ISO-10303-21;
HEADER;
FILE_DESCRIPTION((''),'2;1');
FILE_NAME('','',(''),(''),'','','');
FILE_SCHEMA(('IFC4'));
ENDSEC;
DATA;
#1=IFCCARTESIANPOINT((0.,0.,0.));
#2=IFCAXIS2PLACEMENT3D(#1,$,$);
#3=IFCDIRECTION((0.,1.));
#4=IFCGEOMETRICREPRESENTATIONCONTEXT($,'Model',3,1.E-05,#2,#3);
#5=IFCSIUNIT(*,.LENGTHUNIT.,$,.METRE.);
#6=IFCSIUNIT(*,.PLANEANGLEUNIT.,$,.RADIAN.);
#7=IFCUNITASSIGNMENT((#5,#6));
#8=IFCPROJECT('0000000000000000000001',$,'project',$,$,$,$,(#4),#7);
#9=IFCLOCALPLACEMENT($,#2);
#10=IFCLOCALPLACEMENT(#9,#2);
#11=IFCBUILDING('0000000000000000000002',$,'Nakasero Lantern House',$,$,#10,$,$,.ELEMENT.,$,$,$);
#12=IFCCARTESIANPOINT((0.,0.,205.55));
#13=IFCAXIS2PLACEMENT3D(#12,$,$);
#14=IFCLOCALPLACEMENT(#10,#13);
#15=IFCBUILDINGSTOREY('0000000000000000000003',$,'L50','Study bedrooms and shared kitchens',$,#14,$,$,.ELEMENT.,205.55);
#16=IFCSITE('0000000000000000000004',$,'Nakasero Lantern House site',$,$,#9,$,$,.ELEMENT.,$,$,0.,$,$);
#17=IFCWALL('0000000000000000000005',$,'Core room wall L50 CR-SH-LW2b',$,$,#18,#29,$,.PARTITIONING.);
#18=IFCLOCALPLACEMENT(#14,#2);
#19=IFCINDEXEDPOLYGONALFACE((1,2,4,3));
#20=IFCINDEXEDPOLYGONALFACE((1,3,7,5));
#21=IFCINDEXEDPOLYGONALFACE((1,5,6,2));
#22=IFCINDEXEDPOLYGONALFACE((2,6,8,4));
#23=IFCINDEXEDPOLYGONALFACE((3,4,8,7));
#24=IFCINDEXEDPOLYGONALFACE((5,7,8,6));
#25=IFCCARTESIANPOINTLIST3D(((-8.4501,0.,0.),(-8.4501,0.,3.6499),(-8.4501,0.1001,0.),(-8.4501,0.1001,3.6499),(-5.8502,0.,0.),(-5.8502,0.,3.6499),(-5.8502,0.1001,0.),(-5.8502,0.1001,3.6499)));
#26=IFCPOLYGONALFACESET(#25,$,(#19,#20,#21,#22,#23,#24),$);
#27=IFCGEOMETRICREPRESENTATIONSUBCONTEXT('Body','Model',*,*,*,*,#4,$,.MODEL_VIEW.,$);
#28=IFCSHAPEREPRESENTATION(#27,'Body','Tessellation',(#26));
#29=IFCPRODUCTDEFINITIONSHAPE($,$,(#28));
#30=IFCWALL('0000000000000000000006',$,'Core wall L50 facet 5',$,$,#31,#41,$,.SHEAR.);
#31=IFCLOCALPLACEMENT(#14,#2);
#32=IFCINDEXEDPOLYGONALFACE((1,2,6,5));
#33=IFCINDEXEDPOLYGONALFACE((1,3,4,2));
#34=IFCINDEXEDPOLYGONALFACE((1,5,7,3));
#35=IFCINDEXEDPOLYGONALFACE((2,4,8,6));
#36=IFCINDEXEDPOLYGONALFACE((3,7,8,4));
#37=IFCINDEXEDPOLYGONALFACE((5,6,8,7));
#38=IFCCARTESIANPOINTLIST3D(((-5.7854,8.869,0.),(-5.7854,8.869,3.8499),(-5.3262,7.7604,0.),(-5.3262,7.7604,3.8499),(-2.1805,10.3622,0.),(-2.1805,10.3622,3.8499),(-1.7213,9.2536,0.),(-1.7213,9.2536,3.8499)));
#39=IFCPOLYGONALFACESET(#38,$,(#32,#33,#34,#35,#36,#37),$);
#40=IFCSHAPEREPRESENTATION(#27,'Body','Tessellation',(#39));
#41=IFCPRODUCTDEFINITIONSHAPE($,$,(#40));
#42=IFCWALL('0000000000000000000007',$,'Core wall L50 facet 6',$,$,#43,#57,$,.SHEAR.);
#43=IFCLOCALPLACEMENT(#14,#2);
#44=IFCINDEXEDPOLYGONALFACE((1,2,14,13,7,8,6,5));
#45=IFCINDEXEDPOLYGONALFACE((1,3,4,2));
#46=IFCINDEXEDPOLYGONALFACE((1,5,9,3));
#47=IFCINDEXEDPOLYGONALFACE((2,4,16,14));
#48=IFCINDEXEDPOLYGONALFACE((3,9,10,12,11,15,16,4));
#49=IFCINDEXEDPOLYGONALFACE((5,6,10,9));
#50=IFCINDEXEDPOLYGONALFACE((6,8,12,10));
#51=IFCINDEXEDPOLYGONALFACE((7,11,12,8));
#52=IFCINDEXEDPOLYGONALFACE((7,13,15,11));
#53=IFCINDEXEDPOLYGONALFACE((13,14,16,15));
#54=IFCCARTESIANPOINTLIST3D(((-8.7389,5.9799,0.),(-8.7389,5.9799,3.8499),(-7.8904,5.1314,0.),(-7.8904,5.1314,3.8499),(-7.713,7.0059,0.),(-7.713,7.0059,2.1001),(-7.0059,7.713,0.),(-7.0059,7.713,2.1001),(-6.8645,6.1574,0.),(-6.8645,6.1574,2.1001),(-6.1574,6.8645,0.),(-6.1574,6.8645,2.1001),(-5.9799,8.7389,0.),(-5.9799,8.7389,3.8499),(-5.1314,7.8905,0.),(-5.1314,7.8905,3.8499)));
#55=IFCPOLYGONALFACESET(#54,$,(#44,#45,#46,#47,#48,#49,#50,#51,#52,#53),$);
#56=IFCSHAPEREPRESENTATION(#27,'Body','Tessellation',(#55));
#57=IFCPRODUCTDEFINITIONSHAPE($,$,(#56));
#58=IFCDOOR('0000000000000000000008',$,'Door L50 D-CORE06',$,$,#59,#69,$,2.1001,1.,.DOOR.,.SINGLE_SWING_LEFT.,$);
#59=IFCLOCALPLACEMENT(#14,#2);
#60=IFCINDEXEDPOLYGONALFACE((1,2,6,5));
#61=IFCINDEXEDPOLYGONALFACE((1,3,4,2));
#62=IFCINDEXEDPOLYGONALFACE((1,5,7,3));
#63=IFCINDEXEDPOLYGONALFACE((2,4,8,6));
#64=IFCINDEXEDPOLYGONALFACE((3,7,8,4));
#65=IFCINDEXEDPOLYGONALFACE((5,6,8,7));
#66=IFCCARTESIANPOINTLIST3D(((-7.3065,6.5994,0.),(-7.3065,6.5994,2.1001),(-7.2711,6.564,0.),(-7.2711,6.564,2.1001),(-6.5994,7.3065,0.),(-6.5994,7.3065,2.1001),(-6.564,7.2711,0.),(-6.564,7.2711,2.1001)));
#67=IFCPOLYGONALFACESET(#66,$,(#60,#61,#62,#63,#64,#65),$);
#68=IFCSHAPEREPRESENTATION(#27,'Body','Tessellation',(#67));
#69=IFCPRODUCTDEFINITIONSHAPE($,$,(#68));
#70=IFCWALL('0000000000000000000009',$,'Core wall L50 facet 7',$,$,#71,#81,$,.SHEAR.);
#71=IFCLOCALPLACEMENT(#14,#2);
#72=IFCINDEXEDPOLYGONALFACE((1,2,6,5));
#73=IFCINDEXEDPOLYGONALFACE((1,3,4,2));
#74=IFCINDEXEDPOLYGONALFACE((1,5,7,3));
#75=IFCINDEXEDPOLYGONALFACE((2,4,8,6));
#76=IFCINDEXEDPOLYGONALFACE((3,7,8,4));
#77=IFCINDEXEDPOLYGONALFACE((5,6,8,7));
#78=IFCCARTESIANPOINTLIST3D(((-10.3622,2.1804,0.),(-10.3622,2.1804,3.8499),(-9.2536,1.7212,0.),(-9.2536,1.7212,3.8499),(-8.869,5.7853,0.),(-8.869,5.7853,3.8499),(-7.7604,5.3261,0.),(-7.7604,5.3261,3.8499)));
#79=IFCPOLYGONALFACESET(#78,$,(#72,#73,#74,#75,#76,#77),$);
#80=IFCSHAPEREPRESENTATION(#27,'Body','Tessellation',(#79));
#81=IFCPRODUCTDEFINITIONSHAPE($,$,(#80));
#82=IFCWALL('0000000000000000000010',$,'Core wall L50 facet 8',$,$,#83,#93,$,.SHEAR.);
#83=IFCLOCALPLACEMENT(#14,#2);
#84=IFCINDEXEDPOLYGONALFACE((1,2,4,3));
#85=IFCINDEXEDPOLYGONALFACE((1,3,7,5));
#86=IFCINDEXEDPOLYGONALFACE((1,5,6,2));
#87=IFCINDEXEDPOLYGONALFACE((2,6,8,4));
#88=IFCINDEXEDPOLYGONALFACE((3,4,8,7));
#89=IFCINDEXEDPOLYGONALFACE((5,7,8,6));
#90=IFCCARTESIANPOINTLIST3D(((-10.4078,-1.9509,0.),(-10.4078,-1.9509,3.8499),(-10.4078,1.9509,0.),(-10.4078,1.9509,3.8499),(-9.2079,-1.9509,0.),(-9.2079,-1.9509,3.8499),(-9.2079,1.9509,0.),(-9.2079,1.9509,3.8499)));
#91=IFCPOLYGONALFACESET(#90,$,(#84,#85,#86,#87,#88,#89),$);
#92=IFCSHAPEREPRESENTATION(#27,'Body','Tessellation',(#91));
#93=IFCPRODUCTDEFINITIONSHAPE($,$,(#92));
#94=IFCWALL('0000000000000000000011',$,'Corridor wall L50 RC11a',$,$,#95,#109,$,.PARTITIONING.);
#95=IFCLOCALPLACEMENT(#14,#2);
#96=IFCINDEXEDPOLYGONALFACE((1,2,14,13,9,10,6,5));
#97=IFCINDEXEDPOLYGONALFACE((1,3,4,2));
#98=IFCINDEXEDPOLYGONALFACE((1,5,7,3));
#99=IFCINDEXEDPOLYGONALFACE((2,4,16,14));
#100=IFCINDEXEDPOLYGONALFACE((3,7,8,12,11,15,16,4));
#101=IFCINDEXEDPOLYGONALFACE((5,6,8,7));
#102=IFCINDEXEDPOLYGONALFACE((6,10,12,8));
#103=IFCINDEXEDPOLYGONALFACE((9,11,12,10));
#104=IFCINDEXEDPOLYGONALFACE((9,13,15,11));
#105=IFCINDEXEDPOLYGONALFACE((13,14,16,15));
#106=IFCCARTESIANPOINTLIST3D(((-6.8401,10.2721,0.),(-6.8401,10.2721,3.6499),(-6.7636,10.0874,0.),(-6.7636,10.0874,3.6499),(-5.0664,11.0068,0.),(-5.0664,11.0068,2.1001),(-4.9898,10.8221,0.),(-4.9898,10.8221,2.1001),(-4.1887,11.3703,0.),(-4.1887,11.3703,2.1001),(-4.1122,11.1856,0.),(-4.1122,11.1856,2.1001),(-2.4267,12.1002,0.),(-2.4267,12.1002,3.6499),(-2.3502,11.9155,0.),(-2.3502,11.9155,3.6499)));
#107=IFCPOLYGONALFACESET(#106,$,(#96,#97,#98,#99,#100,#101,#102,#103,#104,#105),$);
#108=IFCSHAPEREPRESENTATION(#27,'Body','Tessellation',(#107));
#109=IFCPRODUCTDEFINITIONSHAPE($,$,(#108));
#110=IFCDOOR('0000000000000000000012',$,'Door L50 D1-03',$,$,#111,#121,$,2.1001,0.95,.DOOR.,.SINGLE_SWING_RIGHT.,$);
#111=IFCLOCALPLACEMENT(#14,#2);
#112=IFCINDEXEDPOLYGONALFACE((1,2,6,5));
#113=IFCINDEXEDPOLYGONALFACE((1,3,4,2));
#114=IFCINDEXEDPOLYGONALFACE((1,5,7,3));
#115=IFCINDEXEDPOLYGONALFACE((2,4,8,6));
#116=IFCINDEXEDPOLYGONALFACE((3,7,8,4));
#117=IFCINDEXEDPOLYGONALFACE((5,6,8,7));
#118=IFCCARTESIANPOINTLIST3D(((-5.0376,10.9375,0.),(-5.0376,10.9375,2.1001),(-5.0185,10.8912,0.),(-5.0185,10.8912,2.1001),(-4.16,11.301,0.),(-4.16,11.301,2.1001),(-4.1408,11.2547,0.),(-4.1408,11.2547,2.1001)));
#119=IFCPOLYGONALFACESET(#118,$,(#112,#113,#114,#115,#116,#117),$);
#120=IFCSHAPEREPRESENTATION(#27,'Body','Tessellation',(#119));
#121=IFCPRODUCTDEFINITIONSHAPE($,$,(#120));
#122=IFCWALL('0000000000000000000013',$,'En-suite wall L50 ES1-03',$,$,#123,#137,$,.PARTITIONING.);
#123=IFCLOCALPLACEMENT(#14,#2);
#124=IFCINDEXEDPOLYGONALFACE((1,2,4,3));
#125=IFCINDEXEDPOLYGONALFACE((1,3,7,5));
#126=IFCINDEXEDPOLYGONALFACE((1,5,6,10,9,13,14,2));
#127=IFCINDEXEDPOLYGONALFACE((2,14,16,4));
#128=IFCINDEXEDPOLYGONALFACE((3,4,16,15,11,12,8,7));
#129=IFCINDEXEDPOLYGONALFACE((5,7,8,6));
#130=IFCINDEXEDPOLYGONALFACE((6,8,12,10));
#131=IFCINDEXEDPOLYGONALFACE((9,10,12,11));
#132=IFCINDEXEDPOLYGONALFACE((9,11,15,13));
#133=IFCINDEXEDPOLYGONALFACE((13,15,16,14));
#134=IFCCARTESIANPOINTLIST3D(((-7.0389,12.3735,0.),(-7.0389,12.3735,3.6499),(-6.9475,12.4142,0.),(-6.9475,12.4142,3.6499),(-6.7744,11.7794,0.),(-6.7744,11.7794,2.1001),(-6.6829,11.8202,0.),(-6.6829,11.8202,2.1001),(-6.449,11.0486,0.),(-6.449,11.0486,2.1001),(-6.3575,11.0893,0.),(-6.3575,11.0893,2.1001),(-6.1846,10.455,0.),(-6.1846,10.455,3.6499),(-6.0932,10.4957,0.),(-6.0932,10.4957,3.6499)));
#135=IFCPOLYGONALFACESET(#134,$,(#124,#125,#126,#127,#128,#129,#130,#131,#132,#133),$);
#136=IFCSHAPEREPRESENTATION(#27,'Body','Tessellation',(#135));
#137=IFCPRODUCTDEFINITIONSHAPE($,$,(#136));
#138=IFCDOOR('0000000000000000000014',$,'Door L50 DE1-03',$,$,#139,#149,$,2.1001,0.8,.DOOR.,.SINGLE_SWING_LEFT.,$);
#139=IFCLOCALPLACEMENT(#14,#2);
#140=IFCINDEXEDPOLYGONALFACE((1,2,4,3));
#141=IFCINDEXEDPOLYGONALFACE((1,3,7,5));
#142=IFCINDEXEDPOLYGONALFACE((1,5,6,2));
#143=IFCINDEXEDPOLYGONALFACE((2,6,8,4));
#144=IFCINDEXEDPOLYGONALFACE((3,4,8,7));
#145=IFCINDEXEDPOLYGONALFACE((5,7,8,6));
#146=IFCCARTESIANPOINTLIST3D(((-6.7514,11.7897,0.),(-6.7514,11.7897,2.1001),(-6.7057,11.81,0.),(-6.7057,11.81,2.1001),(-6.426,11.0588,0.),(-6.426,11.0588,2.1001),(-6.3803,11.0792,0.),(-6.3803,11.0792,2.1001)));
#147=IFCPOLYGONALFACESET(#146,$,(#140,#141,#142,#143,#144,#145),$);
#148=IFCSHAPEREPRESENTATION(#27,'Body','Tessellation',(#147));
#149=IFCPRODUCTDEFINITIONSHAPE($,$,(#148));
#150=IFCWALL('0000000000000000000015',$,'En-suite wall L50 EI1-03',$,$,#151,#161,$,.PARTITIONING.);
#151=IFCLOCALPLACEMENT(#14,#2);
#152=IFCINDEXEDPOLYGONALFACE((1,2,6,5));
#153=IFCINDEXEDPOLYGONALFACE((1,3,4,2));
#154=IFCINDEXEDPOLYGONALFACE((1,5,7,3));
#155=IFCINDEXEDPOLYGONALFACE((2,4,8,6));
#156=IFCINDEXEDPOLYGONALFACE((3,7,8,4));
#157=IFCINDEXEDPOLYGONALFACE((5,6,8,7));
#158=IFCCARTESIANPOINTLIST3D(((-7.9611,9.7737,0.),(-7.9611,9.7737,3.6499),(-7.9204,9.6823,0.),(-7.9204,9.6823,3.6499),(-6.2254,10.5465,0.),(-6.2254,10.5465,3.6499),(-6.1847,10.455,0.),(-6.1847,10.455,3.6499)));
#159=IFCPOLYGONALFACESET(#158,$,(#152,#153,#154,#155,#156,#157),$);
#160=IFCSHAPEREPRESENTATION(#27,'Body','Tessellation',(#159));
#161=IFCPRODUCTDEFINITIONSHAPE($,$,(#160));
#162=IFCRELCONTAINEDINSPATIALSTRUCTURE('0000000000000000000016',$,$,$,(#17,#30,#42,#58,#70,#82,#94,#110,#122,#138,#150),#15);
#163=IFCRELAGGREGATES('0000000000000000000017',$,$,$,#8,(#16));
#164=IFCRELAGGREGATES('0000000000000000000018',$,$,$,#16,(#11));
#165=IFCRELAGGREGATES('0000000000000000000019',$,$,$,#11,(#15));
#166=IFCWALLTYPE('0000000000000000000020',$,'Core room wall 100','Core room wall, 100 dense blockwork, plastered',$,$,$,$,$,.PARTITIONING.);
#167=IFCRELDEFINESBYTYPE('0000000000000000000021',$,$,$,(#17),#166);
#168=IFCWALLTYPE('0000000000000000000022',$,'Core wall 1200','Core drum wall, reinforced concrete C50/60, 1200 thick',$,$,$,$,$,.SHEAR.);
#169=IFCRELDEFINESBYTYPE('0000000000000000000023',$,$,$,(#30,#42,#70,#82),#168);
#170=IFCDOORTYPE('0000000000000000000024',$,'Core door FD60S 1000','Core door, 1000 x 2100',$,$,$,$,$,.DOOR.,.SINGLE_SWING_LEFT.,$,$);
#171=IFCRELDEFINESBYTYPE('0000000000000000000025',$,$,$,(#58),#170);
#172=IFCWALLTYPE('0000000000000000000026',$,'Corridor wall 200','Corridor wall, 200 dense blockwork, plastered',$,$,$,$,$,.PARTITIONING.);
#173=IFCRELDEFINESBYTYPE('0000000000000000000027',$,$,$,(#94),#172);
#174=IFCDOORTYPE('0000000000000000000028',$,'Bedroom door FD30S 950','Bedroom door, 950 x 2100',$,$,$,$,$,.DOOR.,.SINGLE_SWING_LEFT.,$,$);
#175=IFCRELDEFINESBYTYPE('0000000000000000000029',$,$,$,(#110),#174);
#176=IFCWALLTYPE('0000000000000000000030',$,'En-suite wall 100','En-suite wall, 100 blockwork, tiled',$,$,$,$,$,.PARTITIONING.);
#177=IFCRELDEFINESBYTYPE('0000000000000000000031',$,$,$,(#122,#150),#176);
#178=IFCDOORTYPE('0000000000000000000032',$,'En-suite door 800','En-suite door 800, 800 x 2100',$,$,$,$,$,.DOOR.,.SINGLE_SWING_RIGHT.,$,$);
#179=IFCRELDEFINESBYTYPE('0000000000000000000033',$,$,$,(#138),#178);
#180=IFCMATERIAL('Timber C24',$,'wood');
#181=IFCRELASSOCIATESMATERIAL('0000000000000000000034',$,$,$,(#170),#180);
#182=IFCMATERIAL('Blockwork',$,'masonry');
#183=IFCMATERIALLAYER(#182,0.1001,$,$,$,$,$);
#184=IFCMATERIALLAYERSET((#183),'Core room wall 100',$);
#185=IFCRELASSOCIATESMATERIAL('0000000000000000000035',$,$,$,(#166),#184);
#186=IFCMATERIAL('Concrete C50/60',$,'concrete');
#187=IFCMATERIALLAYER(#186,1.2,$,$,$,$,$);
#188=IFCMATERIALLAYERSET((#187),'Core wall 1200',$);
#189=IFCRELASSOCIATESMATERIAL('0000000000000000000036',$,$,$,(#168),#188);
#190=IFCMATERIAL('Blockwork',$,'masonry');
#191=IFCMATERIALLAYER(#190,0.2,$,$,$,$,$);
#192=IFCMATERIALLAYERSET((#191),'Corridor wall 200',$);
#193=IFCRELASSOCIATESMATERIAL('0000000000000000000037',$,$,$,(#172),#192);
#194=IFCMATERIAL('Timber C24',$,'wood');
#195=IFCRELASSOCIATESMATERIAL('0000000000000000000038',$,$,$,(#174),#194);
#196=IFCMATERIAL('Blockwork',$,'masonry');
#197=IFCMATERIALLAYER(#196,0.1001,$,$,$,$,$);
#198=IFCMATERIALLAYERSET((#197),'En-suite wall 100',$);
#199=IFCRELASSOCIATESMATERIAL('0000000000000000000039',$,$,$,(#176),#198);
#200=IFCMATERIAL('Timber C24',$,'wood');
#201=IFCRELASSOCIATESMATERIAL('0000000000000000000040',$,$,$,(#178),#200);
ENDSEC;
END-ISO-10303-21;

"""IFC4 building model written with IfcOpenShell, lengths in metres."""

from ifc_helpers import new_model, si_unit, direction, frame, frame_2d, origin, place, context, subcontext, project, spatial, rectangle, extrude, material, layer, layer_set, type_object, element, fill, save


model = new_model("IFC4")

# Units and contexts
model_context = context("Model", 3, precision=1e-05, world=origin(), true_north=direction((0.0, 1.0)))
body_context = subcontext(model_context, "Body", "Model", "MODEL_VIEW")
ifc_project = project(units=[si_unit("LENGTHUNIT", "METRE"), si_unit("PLANEANGLEUNIT", "RADIAN")], contexts=[model_context])

# Site, building, storey
site_placement = place(None, origin())
site = spatial("IfcSite", under=ifc_project, at=site_placement, Name="Nakasero Lantern House site", CompositionType="ELEMENT", RefElevation=0.0)
building_placement = place(site_placement, origin())
building = spatial("IfcBuilding", under=site, at=building_placement, Name="Nakasero Lantern House", CompositionType="ELEMENT")
storey_placement = place(building_placement, frame((0.0, 0.0, 205.55)))
storey = spatial("IfcBuildingStorey", under=building, at=storey_placement, Name="L50", Description="Study bedrooms and shared kitchens", CompositionType="ELEMENT", Elevation=205.55)

# Shared definitions
ifc_material_1 = material(Name="Timber C24", Category="wood")
door_type_1 = type_object("IfcDoorType", Name="Core door FD60S 1000", Description="Core door, 1000 x 2100", OperationType="SINGLE_SWING_LEFT", PredefinedType="DOOR", material=ifc_material_1)

# Walls
ifc_material_2 = material(Name="Blockwork", Category="masonry")
ifc_layer_1 = layer(ifc_material_2, 0.1001)
ifc_layer_set_1 = layer_set([ifc_layer_1], Name="Core room wall 100")
wall_type_1 = type_object("IfcWallType", Name="Core room wall 100", Description="Core room wall, 100 dense blockwork, plastered", PredefinedType="PARTITIONING", material=ifc_layer_set_1)
wall_1_placement = place(storey_placement, frame((-8.45, 0.05, 0.0), z_axis=(0.0, 0.0, 1.0), x_axis=(1.0, 0.0, 0.0)))
element("IfcWall", 1, at=wall_1_placement, inside=storey, type_object=wall_type_1, Name="Core room wall L50 CR-SH-LW2b", PredefinedType="PARTITIONING", context=body_context, shape_type="SweptSolid", body=[
    extrude(rectangle(XDim=2.5999, YDim=0.1001, at=frame_2d((1.2998, 0.0))), origin(), (0.0, 0.0, 1.0), 3.6499),
])
ifc_material_3 = material(Name="Concrete C50/60", Category="concrete")
ifc_layer_2 = layer(ifc_material_3, 1.2)
ifc_layer_set_2 = layer_set([ifc_layer_2], Name="Core wall 1200")
wall_type_2 = type_object("IfcWallType", Name="Core wall 1200", Description="Core drum wall, reinforced concrete C50/60, 1200 thick", PredefinedType="SHEAR", material=ifc_layer_set_2)
wall_2_placement = place(storey_placement, frame((-1.9509, 9.8079, 0.0), z_axis=(0.0, 0.0, 1.0), x_axis=(-0.923877, -0.382691, 0.0)))
element("IfcWall", 2, at=wall_2_placement, inside=storey, type_object=wall_type_2, Name="Core wall L50 facet 5", PredefinedType="SHEAR", context=body_context, shape_type="SweptSolid", body=[
    extrude(rectangle(XDim=3.9019, YDim=1.2, at=frame_2d((1.9509, 0.0))), origin(), (0.0, 0.0, 1.0), 3.8499),
])

# Wall, opening, door
wall_3_placement = place(storey_placement, frame((-5.5557, 8.3147, 0.0), z_axis=(0.0, 0.0, 1.0), x_axis=(-0.707107, -0.707107, 0.0)))
wall_3 = element("IfcWall", 3, at=wall_3_placement, inside=storey, type_object=wall_type_2, Name="Core wall L50 facet 6", PredefinedType="SHEAR", context=body_context, shape_type="SweptSolid", body=[
    extrude(rectangle(XDim=3.9019, YDim=1.2, at=frame_2d((1.9509, 0.0))), origin(), (0.0, 0.0, 1.0), 3.8499),
])
opening_1_placement = place(wall_3_placement, frame((1.4509, 0.0, 0.0)))
opening_1 = element("IfcOpeningElement", 4, at=opening_1_placement, cuts=wall_3, PredefinedType="OPENING", context=body_context, shape_type="SweptSolid", body=[
    extrude(rectangle(XDim=1.0, YDim=2.1001, at=frame_2d((0.5, 1.05))), frame((0.0, 0.6199, 0.0), z_axis=(0.0, -1.0, 0.0), x_axis=(1.0, 0.0, 0.0)), (0.0, 0.0, 1.0), 1.24),
])
door_1_placement = place(opening_1_placement, origin())
door_1 = element("IfcDoor", 5, at=door_1_placement, inside=storey, type_object=door_type_1, Name="Door L50 D-CORE06", OperationType="SINGLE_SWING_LEFT", OverallHeight=2.1001, OverallWidth=1.0, PredefinedType="DOOR", context=body_context, shape_type="SweptSolid", body=[
    extrude(rectangle(XDim=1.0, YDim=2.1001, at=frame_2d((0.5, 1.05))), frame((0.0, 0.0249, 0.0), z_axis=(0.0, -1.0, 0.0), x_axis=(1.0, 0.0, 0.0)), (0.0, 0.0, 1.0), 0.05),
])
fill(opening_1, door_1)

# Walls
for number, where, z_axis, x_axis, name in (
    (6, (-8.3147, 5.5557, 0.0), (0.0, 0.0, 1.0), (-0.382691, -0.923877, 0.0), "Core wall L50 facet 7"),
    (7, (-9.8079, 1.9509, 0.0), (0.0, 0.0, 1.0), (0.0, -1.0, 0.0), "Core wall L50 facet 8"),
):
    element("IfcWall", number, at=place(storey_placement, frame(where, z_axis=z_axis, x_axis=x_axis)), inside=storey, type_object=wall_type_2, Name=name, PredefinedType="SHEAR", context=body_context, shape_type="SweptSolid", body=[
        extrude(rectangle(XDim=3.9019, YDim=1.2, at=frame_2d((1.9509, 0.0))), origin(), (0.0, 0.0, 1.0), 3.8499),
    ])

# Walls, openings, doors
ifc_material_4 = material(Name="Blockwork", Category="masonry")
ifc_layer_3 = layer(ifc_material_4, 0.2)
ifc_layer_set_3 = layer_set([ifc_layer_3], Name="Corridor wall 200")
wall_type_3 = type_object("IfcWallType", Name="Corridor wall 200", Description="Corridor wall, 200 dense blockwork, plastered", PredefinedType="PARTITIONING", material=ifc_layer_set_3)
wall_4_placement = place(storey_placement, frame((-6.802, 10.1797, 0.0), z_axis=(0.0, 0.0, 1.0), x_axis=(0.923882, 0.382677, 0.0)))
wall_4 = element("IfcWall", 8, at=wall_4_placement, inside=storey, type_object=wall_type_3, Name="Corridor wall L50 RC11a", PredefinedType="PARTITIONING", context=body_context, shape_type="SweptSolid", body=[
    extrude(rectangle(XDim=4.7771, YDim=0.2, at=frame_2d((2.3887, 0.0))), origin(), (0.0, 0.0, 1.0), 3.6499),
])
opening_2_placement = place(wall_4_placement, frame((1.9199, 0.0, 0.0)))
opening_2 = element("IfcOpeningElement", 9, at=opening_2_placement, cuts=wall_4, PredefinedType="OPENING", context=body_context, shape_type="SweptSolid", body=[
    extrude(rectangle(XDim=0.95, YDim=2.1001, at=frame_2d((0.4751, 1.05))), frame((0.0, 0.1199, 0.0), z_axis=(0.0, -1.0, 0.0), x_axis=(1.0, 0.0, 0.0)), (0.0, 0.0, 1.0), 0.24),
])
ifc_material_5 = material(Name="Timber C24", Category="wood")
door_type_2 = type_object("IfcDoorType", Name="Bedroom door FD30S 950", Description="Bedroom door, 950 x 2100", OperationType="SINGLE_SWING_LEFT", PredefinedType="DOOR", material=ifc_material_5)
door_2_placement = place(opening_2_placement, origin())
door_2 = element("IfcDoor", 10, at=door_2_placement, inside=storey, type_object=door_type_2, Name="Door L50 D1-03", OperationType="SINGLE_SWING_RIGHT", OverallHeight=2.1001, OverallWidth=0.95, PredefinedType="DOOR", context=body_context, shape_type="SweptSolid", body=[
    extrude(rectangle(XDim=0.95, YDim=2.1001, at=frame_2d((0.4751, 1.05))), frame((0.0, 0.0249, 0.0), z_axis=(0.0, -1.0, 0.0), x_axis=(1.0, 0.0, 0.0)), (0.0, 0.0, 1.0), 0.05),
])
fill(opening_2, door_2)
ifc_material_6 = material(Name="Blockwork", Category="masonry")
ifc_layer_4 = layer(ifc_material_6, 0.1001)
ifc_layer_set_4 = layer_set([ifc_layer_4], Name="En-suite wall 100")
wall_type_4 = type_object("IfcWallType", Name="En-suite wall 100", Description="En-suite wall, 100 blockwork, tiled", PredefinedType="PARTITIONING", material=ifc_layer_set_4)
wall_5_placement = place(storey_placement, frame((-6.1389, 10.4753, 0.0), z_axis=(0.0, 0.0, 1.0), x_axis=(-0.406775, 0.913528, 0.0)))
wall_5 = element("IfcWall", 11, at=wall_5_placement, inside=storey, type_object=wall_type_4, Name="En-suite wall L50 ES1-03", PredefinedType="PARTITIONING", context=body_context, shape_type="SweptSolid", body=[
    extrude(rectangle(XDim=2.1001, YDim=0.1001, at=frame_2d((1.05, 0.0))), origin(), (0.0, 0.0, 1.0), 3.6499),
])
opening_3_placement = place(wall_5_placement, frame((0.6499, 0.0, 0.0)))
opening_3 = element("IfcOpeningElement", 12, at=opening_3_placement, cuts=wall_5, PredefinedType="OPENING", context=body_context, shape_type="SweptSolid", body=[
    extrude(rectangle(XDim=0.8, YDim=2.1001, at=frame_2d((0.3999, 1.05))), frame((0.0, 0.0701, 0.0), z_axis=(0.0, -1.0, 0.0), x_axis=(1.0, 0.0, 0.0)), (0.0, 0.0, 1.0), 0.1401),
])
ifc_material_7 = material(Name="Timber C24", Category="wood")
door_type_3 = type_object("IfcDoorType", Name="En-suite door 800", Description="En-suite door 800, 800 x 2100", OperationType="SINGLE_SWING_RIGHT", PredefinedType="DOOR", material=ifc_material_7)
door_3_placement = place(opening_3_placement, origin())
door_3 = element("IfcDoor", 13, at=door_3_placement, inside=storey, type_object=door_type_3, Name="Door L50 DE1-03", OperationType="SINGLE_SWING_LEFT", OverallHeight=2.1001, OverallWidth=0.8, PredefinedType="DOOR", context=body_context, shape_type="SweptSolid", body=[
    extrude(rectangle(XDim=0.8, YDim=2.1001, at=frame_2d((0.3999, 1.05))), frame((0.0, 0.0249, 0.0), z_axis=(0.0, -1.0, 0.0), x_axis=(1.0, 0.0, 0.0)), (0.0, 0.0, 1.0), 0.05),
])
fill(opening_3, door_3)

# Wall
wall_6_placement = place(storey_placement, frame((-6.2051, 10.5007, 0.0), z_axis=(0.0, 0.0, 1.0), x_axis=(-0.913552, -0.406723, 0.0)))
element("IfcWall", 14, at=wall_6_placement, inside=storey, type_object=wall_type_4, Name="En-suite wall L50 EI1-03", PredefinedType="PARTITIONING", context=body_context, shape_type="SweptSolid", body=[
    extrude(rectangle(XDim=1.8999, YDim=0.1001, at=frame_2d((0.95, 0.0))), origin(), (0.0, 0.0, 1.0), 3.6499),
])

save(model, "model.ifc")
